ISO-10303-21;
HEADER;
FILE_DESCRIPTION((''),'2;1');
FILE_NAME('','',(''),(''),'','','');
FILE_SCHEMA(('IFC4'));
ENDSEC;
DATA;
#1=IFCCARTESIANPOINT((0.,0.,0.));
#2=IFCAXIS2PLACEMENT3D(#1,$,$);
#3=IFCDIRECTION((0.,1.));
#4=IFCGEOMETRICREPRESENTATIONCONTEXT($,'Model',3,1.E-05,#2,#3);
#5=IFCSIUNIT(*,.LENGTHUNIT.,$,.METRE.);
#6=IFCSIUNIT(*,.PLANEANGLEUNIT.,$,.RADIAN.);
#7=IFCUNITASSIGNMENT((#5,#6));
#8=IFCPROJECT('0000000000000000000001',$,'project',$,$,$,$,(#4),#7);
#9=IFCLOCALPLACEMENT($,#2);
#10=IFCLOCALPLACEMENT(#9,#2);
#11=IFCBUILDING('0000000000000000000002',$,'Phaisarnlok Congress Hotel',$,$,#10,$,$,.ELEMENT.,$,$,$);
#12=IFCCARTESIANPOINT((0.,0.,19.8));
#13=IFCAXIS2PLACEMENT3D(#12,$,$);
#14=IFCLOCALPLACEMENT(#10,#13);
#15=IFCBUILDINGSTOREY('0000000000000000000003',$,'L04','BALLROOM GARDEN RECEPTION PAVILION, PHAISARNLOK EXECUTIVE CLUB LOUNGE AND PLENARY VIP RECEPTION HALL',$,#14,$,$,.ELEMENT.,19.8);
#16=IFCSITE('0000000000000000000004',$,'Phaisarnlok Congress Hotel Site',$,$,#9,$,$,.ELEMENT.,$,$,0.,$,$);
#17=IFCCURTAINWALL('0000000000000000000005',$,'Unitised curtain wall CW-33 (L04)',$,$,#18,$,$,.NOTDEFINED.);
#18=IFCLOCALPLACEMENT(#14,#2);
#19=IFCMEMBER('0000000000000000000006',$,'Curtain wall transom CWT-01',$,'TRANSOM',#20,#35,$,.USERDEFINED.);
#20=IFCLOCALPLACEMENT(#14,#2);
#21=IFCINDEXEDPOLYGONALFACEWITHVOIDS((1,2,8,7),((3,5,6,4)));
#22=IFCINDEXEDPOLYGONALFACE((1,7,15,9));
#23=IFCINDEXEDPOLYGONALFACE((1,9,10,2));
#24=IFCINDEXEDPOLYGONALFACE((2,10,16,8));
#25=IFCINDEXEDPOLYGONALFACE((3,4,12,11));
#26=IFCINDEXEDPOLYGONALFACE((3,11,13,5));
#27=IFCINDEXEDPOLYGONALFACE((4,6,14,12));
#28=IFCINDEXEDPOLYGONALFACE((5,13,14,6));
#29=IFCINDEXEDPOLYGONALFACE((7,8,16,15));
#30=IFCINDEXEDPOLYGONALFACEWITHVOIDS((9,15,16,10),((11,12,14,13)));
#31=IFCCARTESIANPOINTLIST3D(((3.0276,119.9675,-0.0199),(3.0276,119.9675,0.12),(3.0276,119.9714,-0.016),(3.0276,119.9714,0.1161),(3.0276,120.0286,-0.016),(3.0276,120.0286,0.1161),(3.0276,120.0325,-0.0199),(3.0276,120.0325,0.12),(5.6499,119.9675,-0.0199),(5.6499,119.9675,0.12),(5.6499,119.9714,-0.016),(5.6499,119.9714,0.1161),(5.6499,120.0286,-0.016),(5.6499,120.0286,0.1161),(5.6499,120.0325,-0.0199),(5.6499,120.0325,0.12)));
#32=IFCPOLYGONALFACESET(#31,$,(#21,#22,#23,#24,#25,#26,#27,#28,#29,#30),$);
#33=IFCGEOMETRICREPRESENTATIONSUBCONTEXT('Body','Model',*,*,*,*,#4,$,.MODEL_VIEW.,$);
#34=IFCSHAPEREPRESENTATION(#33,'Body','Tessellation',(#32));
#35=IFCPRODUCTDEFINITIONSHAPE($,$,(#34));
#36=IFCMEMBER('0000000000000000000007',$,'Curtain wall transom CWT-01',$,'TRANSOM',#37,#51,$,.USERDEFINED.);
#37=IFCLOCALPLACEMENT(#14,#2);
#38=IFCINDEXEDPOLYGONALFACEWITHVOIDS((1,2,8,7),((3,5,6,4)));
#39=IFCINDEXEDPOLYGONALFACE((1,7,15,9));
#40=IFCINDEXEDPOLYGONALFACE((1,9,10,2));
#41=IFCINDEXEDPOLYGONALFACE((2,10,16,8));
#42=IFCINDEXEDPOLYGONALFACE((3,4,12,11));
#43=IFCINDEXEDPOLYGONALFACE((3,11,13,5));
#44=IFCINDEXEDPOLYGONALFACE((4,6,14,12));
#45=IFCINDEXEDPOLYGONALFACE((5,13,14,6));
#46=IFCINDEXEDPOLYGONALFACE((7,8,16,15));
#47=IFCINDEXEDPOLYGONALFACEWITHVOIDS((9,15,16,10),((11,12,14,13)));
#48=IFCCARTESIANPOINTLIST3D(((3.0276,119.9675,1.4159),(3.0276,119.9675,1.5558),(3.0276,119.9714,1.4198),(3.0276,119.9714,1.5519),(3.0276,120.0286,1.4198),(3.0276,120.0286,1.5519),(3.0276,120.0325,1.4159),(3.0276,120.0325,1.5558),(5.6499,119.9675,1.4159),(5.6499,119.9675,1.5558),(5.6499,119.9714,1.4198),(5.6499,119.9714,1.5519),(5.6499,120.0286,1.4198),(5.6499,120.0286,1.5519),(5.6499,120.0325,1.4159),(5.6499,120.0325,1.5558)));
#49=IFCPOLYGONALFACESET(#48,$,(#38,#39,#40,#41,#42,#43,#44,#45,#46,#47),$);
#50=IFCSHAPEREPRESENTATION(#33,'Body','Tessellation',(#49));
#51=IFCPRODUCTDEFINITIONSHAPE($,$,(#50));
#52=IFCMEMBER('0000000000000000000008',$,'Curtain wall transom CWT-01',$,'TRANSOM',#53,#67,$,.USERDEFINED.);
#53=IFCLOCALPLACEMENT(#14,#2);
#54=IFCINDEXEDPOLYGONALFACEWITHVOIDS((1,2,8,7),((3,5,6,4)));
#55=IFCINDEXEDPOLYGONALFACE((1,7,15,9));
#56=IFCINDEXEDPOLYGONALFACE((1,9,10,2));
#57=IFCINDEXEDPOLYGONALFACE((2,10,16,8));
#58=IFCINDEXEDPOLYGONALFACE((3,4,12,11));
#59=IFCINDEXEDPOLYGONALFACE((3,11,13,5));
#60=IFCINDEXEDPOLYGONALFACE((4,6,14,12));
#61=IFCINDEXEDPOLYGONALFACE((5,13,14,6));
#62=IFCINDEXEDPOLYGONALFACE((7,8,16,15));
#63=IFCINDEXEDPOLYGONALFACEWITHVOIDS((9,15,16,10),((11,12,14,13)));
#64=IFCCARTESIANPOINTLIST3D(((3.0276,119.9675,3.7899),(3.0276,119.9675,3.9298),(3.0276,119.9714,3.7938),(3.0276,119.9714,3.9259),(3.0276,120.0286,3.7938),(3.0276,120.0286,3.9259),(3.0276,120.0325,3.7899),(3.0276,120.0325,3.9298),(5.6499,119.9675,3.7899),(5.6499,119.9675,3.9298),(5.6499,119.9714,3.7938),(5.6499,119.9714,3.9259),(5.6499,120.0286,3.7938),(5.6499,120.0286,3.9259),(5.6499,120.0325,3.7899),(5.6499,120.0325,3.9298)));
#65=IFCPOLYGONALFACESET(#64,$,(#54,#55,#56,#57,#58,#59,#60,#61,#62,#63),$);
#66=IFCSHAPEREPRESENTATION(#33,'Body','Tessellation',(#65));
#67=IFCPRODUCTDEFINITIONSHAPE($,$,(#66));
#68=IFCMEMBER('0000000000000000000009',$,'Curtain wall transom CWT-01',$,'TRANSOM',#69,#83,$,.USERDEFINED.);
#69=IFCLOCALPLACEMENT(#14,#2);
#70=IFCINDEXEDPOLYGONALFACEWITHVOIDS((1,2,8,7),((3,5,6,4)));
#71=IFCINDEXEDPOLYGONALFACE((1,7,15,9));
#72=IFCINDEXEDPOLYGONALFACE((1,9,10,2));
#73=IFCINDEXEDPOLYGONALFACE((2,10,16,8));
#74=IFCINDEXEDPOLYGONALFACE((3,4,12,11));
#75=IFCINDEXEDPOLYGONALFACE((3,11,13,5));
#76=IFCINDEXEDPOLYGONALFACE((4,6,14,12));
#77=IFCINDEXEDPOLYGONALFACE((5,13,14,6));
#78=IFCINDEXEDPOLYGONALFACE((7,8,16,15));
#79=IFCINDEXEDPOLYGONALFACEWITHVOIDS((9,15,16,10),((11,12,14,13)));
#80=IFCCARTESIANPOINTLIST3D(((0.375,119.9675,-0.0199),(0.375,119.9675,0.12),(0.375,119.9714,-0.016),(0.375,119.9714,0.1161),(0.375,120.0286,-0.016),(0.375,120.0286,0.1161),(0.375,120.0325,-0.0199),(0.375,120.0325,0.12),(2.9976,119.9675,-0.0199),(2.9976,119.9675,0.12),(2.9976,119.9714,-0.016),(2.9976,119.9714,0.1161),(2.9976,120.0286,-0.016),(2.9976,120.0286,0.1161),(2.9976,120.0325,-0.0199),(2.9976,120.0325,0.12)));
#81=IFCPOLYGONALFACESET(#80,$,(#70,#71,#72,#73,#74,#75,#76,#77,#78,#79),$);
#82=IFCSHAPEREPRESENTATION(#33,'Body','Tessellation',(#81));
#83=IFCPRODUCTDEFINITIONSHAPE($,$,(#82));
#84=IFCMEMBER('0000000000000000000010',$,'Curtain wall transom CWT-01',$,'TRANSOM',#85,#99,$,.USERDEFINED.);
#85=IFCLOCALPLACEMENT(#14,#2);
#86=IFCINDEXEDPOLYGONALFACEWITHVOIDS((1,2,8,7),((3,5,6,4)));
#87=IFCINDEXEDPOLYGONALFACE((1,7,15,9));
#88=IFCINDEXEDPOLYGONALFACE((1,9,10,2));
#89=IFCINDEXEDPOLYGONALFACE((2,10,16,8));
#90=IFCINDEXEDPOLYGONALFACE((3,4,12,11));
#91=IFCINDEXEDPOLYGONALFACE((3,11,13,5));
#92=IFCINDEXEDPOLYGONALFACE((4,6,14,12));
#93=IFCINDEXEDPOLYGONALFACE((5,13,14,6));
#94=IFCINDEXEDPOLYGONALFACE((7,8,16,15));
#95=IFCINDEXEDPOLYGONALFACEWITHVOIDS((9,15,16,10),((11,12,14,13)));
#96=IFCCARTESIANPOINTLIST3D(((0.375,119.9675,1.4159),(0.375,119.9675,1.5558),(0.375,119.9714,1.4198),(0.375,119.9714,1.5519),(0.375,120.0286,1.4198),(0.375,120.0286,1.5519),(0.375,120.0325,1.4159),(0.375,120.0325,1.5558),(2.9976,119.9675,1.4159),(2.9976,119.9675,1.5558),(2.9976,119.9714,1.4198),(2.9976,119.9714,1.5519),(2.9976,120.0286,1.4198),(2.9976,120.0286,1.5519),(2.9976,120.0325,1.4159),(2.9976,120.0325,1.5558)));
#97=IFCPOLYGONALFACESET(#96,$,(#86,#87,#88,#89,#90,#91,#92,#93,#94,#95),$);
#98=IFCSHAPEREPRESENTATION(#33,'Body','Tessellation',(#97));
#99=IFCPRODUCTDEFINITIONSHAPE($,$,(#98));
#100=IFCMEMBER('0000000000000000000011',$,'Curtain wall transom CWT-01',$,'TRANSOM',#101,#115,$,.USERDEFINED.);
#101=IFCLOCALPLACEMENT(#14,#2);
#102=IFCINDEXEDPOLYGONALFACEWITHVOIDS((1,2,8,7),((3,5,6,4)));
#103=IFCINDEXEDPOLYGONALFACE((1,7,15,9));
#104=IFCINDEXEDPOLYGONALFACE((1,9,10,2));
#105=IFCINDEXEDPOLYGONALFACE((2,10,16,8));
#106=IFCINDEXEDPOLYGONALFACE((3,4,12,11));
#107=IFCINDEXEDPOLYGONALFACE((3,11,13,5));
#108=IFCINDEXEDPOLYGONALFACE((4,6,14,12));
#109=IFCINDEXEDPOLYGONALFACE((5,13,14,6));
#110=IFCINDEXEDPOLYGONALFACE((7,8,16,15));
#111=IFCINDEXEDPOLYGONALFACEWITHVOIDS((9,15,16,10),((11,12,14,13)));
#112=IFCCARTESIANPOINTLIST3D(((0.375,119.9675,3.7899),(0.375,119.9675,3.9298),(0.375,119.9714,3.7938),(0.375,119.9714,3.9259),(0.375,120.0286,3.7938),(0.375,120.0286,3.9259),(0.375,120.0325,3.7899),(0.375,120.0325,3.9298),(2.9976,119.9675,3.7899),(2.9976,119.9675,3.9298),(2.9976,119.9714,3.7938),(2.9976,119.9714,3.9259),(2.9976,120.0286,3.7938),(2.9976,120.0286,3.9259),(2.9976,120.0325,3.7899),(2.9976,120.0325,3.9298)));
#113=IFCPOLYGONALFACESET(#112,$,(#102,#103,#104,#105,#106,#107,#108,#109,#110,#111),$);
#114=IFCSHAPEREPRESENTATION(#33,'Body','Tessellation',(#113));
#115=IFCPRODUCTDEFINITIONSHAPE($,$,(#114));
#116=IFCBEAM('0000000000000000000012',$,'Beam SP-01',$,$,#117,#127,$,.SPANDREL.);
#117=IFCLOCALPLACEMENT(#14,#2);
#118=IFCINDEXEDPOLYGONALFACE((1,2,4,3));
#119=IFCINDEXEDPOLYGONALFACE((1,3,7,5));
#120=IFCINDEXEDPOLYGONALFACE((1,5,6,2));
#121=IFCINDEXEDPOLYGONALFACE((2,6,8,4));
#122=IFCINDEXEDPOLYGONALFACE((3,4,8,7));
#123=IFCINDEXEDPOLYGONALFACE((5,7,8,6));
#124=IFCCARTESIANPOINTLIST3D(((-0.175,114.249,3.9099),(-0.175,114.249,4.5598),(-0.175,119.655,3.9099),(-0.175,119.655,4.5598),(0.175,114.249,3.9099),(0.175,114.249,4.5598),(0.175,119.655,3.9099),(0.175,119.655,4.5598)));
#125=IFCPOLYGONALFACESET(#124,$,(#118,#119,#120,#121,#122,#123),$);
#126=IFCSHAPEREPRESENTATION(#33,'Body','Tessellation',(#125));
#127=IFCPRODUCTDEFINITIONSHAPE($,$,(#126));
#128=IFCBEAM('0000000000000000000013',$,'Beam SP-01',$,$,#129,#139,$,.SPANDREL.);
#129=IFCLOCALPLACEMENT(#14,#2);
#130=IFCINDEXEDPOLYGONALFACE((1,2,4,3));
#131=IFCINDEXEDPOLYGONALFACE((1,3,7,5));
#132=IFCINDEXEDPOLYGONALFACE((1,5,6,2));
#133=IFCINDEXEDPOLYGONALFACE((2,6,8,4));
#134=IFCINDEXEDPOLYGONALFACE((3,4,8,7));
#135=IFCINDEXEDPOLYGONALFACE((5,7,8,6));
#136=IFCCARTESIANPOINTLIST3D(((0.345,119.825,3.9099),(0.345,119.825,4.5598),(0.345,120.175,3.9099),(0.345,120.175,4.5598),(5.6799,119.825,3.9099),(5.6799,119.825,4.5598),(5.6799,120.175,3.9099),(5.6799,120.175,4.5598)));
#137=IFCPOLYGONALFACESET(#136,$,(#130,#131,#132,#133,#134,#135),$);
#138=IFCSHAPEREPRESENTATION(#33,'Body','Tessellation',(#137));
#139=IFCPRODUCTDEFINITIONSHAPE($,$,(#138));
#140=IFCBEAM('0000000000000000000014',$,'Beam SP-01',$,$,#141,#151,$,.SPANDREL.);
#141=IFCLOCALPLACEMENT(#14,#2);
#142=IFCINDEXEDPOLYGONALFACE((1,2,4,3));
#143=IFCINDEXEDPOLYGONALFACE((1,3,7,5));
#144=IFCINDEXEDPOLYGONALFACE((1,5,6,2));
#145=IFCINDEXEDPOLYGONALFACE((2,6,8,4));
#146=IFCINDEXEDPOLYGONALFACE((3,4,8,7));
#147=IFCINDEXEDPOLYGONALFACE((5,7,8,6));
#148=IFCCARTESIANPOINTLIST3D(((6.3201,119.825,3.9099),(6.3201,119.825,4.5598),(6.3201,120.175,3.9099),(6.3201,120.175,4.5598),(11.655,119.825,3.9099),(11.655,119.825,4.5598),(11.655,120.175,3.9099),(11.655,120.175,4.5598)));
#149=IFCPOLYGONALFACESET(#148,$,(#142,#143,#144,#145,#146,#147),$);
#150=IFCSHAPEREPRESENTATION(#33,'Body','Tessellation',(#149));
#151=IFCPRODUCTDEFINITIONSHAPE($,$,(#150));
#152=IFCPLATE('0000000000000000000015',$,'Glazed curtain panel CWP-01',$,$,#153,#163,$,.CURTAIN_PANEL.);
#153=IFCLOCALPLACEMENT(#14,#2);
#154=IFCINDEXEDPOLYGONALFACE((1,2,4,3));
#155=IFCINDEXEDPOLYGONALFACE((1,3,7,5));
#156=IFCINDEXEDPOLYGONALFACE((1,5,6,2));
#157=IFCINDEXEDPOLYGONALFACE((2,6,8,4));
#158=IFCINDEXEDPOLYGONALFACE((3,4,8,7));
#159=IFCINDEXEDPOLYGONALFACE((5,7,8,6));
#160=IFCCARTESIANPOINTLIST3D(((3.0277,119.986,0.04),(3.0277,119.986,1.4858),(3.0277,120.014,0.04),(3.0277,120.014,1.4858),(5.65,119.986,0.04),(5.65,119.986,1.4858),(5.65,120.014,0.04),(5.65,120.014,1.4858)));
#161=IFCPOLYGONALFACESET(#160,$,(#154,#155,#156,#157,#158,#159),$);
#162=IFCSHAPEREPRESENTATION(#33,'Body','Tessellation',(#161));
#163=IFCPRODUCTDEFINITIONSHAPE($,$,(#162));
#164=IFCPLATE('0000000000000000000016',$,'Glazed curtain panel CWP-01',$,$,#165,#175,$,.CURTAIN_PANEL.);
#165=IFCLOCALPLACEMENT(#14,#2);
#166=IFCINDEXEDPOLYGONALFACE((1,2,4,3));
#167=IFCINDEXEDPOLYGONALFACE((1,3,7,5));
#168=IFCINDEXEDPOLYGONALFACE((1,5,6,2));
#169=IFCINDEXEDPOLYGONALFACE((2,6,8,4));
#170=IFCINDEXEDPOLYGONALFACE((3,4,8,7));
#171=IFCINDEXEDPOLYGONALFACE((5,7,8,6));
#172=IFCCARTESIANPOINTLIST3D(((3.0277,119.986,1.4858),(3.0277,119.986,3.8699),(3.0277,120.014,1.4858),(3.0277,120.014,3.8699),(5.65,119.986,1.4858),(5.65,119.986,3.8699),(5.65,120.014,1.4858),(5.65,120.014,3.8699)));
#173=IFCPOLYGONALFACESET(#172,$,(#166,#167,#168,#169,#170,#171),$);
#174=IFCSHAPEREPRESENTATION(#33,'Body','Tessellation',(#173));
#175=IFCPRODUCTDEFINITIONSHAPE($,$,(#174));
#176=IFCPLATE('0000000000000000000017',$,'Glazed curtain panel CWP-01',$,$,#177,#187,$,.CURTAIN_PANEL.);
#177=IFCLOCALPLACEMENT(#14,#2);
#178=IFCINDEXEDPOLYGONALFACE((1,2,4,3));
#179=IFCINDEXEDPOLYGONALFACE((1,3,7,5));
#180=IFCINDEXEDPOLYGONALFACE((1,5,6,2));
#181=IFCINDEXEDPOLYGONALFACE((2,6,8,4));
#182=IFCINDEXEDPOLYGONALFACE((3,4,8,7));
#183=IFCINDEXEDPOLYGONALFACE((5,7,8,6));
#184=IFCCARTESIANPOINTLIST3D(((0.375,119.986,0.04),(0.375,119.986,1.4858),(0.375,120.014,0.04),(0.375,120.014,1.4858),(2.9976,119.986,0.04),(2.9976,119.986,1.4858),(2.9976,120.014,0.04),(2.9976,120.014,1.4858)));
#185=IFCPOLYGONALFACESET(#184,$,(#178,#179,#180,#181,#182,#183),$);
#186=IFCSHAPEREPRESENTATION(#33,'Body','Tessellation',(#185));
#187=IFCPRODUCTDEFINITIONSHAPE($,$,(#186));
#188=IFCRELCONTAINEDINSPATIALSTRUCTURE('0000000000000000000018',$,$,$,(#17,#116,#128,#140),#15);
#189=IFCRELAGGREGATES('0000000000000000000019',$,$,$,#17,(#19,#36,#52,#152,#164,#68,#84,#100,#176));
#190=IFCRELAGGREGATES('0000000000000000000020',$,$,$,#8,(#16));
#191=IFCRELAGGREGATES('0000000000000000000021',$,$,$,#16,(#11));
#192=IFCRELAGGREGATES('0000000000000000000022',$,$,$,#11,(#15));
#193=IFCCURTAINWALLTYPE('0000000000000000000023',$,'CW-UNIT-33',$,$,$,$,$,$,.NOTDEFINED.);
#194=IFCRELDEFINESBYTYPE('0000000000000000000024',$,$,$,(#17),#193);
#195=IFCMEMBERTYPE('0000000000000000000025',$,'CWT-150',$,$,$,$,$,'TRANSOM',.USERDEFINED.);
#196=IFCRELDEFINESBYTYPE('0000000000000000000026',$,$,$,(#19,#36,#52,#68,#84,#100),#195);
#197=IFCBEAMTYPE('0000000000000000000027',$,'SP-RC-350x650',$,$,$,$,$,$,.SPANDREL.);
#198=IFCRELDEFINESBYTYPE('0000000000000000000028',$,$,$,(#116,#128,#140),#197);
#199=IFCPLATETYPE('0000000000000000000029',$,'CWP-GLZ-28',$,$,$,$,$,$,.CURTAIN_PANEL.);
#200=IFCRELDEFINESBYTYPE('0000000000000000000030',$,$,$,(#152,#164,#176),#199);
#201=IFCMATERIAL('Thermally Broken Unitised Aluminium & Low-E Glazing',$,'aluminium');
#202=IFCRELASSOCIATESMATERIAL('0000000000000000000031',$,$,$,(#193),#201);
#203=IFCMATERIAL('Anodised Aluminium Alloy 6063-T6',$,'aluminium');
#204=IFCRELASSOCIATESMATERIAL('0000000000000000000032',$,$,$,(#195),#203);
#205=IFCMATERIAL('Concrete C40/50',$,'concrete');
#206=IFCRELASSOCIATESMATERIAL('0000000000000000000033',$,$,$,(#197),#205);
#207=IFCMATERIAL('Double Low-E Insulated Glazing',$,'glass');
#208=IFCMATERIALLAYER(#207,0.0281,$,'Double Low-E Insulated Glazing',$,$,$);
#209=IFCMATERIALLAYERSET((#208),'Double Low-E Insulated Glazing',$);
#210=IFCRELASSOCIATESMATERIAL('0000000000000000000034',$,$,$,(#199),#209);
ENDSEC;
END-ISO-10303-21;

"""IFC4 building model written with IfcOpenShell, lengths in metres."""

from ifc_helpers import new_model, si_unit, direction, frame, frame_2d, origin, origin_2d, place, context, subcontext, project, spatial, rectangle, hollow_rectangle, extrude, material, layer, layer_set, material_profile, profile_set, type_object, element, aggregate, save


model = new_model("IFC4")

# Units and contexts
model_context = context("Model", 3, precision=1e-05, world=origin(), true_north=direction((0.0, 1.0)))
body_context = subcontext(model_context, "Body", "Model", "MODEL_VIEW")
ifc_project = project(units=[si_unit("LENGTHUNIT", "METRE"), si_unit("PLANEANGLEUNIT", "RADIAN")], contexts=[model_context])

# Site, building, storey
site_placement = place(None, origin())
site = spatial("IfcSite", under=ifc_project, at=site_placement, Name="Phaisarnlok Congress Hotel Site", CompositionType="ELEMENT", RefElevation=0.0)
building_placement = place(site_placement, origin())
building = spatial("IfcBuilding", under=site, at=building_placement, Name="Phaisarnlok Congress Hotel", CompositionType="ELEMENT")
storey_placement = place(building_placement, frame((0.0, 0.0, 19.8)))
storey = spatial("IfcBuildingStorey", under=building, at=storey_placement, Name="L04", Description="BALLROOM GARDEN RECEPTION PAVILION, PHAISARNLOK EXECUTIVE CLUB LOUNGE AND PLENARY VIP RECEPTION HALL", CompositionType="ELEMENT", Elevation=19.8)

# Curtain wall, members
ifc_material_1 = material(Name="Thermally Broken Unitised Aluminium & Low-E Glazing", Category="aluminium")
curtain_wall_type_1 = type_object("IfcCurtainWallType", Name="CW-UNIT-33", PredefinedType="NOTDEFINED", material=ifc_material_1)
curtain_wall_1_placement = place(storey_placement, origin())
curtain_wall_1 = element("IfcCurtainWall", 1, at=curtain_wall_1_placement, inside=storey, type_object=curtain_wall_type_1, Name="Unitised curtain wall CW-33 (L04)", PredefinedType="NOTDEFINED")
ifc_material_2 = material(Name="Anodised Aluminium Alloy 6063-T6", Category="aluminium")
ifc_material_profile_1 = material_profile(ifc_material_2, hollow_rectangle(XDim=0.0649, YDim=0.1399, WallThickness=0.0039, at=origin_2d()), Name="ALU-T 65x140x4")
ifc_profile_set_1 = profile_set([ifc_material_profile_1], Name="Anodised Aluminium Alloy 6063-T6")
member_type_1 = type_object("IfcMemberType", Name="CWT-150", ElementType="TRANSOM", PredefinedType="USERDEFINED", material=ifc_profile_set_1)
member_1_placement = place(storey_placement, frame((5.6499, 120.0, 0.05), z_axis=(-1.0, 0.0, 0.0), x_axis=(0.0, -1.0, 0.0)))
member_1 = element("IfcMember", 2, at=member_1_placement, type_object=member_type_1, Name="Curtain wall transom CWT-01", ObjectType="TRANSOM", PredefinedType="USERDEFINED", context=body_context, shape_type="SweptSolid", body=[
    extrude(hollow_rectangle(XDim=0.0649, YDim=0.1399, WallThickness=0.0039, at=origin_2d()), origin(), (0.0, 0.0, 1.0), 2.6223),
])
member_2_placement = place(storey_placement, frame((5.6499, 120.0, 1.4858), z_axis=(-1.0, 0.0, 0.0), x_axis=(0.0, -1.0, 0.0)))
member_2 = element("IfcMember", 3, at=member_2_placement, type_object=member_type_1, Name="Curtain wall transom CWT-01", ObjectType="TRANSOM", PredefinedType="USERDEFINED", context=body_context, shape_type="SweptSolid", body=[
    extrude(hollow_rectangle(XDim=0.0649, YDim=0.1399, WallThickness=0.0039, at=origin_2d()), origin(), (0.0, 0.0, 1.0), 2.6223),
])
member_3_placement = place(storey_placement, frame((5.6499, 120.0, 3.8599), z_axis=(-1.0, 0.0, 0.0), x_axis=(0.0, -1.0, 0.0)))
member_3 = element("IfcMember", 4, at=member_3_placement, type_object=member_type_1, Name="Curtain wall transom CWT-01", ObjectType="TRANSOM", PredefinedType="USERDEFINED", context=body_context, shape_type="SweptSolid", body=[
    extrude(hollow_rectangle(XDim=0.0649, YDim=0.1399, WallThickness=0.0039, at=origin_2d()), origin(), (0.0, 0.0, 1.0), 2.6223),
])
member_4_placement = place(storey_placement, frame((2.9976, 120.0, 0.05), z_axis=(-1.0, 0.0, 0.0), x_axis=(0.0, -1.0, 0.0)))
member_4 = element("IfcMember", 5, at=member_4_placement, type_object=member_type_1, Name="Curtain wall transom CWT-01", ObjectType="TRANSOM", PredefinedType="USERDEFINED", context=body_context, shape_type="SweptSolid", body=[
    extrude(hollow_rectangle(XDim=0.0649, YDim=0.1399, WallThickness=0.0039, at=origin_2d()), origin(), (0.0, 0.0, 1.0), 2.6226),
])
member_5_placement = place(storey_placement, frame((2.9976, 120.0, 1.4858), z_axis=(-1.0, 0.0, 0.0), x_axis=(0.0, -1.0, 0.0)))
member_5 = element("IfcMember", 6, at=member_5_placement, type_object=member_type_1, Name="Curtain wall transom CWT-01", ObjectType="TRANSOM", PredefinedType="USERDEFINED", context=body_context, shape_type="SweptSolid", body=[
    extrude(hollow_rectangle(XDim=0.0649, YDim=0.1399, WallThickness=0.0039, at=origin_2d()), origin(), (0.0, 0.0, 1.0), 2.6226),
])
member_6_placement = place(storey_placement, frame((2.9976, 120.0, 3.8599), z_axis=(-1.0, 0.0, 0.0), x_axis=(0.0, -1.0, 0.0)))
member_6 = element("IfcMember", 7, at=member_6_placement, type_object=member_type_1, Name="Curtain wall transom CWT-01", ObjectType="TRANSOM", PredefinedType="USERDEFINED", context=body_context, shape_type="SweptSolid", body=[
    extrude(hollow_rectangle(XDim=0.0649, YDim=0.1399, WallThickness=0.0039, at=origin_2d()), origin(), (0.0, 0.0, 1.0), 2.6226),
])

# Beams
ifc_material_3 = material(Name="Concrete C40/50", Category="concrete")
ifc_material_profile_2 = material_profile(ifc_material_3, rectangle(XDim=0.3501, YDim=0.6499, at=origin_2d()), Name="RC 350x650")
ifc_profile_set_2 = profile_set([ifc_material_profile_2], Name="Concrete C40/50")
beam_type = type_object("IfcBeamType", Name="SP-RC-350x650", PredefinedType="SPANDREL", material=ifc_profile_set_2)
beam_placement = place(storey_placement, frame((0.0, 114.249, 4.2349), z_axis=(0.0, 1.0, 0.0), x_axis=(-1.0, 0.0, 0.0)))
element("IfcBeam", 8, at=beam_placement, inside=storey, type_object=beam_type, Name="Beam SP-01", PredefinedType="SPANDREL", context=body_context, shape_type="SweptSolid", body=[
    extrude(rectangle(XDim=0.3501, YDim=0.6499, at=origin_2d()), origin(), (0.0, 0.0, 1.0), 5.406),
])
for number, where, z_axis, x_axis, name in (
    (9, (0.345, 120.0, 4.2349), (1.0, 0.0, 0.0), (0.0, 1.0, 0.0), "Beam SP-01"),
    (10, (6.3201, 120.0, 4.2349), (1.0, 0.0, 0.0), (0.0, 1.0, 0.0), "Beam SP-01"),
):
    element("IfcBeam", number, at=place(storey_placement, frame(where, z_axis=z_axis, x_axis=x_axis)), inside=storey, type_object=beam_type, Name=name, PredefinedType="SPANDREL", context=body_context, shape_type="SweptSolid", body=[
        extrude(rectangle(XDim=0.3501, YDim=0.6499, at=origin_2d()), origin(), (0.0, 0.0, 1.0), 5.335),
    ])

# Plates
ifc_material_4 = material(Name="Double Low-E Insulated Glazing", Category="glass")
ifc_layer_1 = layer(ifc_material_4, 0.0281, Name="Double Low-E Insulated Glazing")
ifc_layer_set_1 = layer_set([ifc_layer_1], Name="Double Low-E Insulated Glazing")
plate_type_1 = type_object("IfcPlateType", Name="CWP-GLZ-28", PredefinedType="CURTAIN_PANEL", material=ifc_layer_set_1)
plate_1_placement = place(storey_placement, frame((5.6499, 120.0, 0.04), z_axis=(0.0, 0.0, 1.0), x_axis=(-1.0, 0.0, 0.0)))
plate_1 = element("IfcPlate", 11, at=plate_1_placement, type_object=plate_type_1, Name="Glazed curtain panel CWP-01", PredefinedType="CURTAIN_PANEL", context=body_context, shape_type="SweptSolid", body=[
    extrude(rectangle(XDim=2.6223, YDim=0.0281, at=frame_2d((1.311, 0.0))), origin(), (0.0, 0.0, 1.0), 1.4458),
])
plate_2_placement = place(storey_placement, frame((5.6499, 120.0, 1.4858), z_axis=(0.0, 0.0, 1.0), x_axis=(-1.0, 0.0, 0.0)))
plate_2 = element("IfcPlate", 12, at=plate_2_placement, type_object=plate_type_1, Name="Glazed curtain panel CWP-01", PredefinedType="CURTAIN_PANEL", context=body_context, shape_type="SweptSolid", body=[
    extrude(rectangle(XDim=2.6223, YDim=0.0281, at=frame_2d((1.311, 0.0))), origin(), (0.0, 0.0, 1.0), 2.384),
])
plate_3_placement = place(storey_placement, frame((2.9976, 120.0, 0.04), z_axis=(0.0, 0.0, 1.0), x_axis=(-1.0, 0.0, 0.0)))
plate_3 = element("IfcPlate", 13, at=plate_3_placement, type_object=plate_type_1, Name="Glazed curtain panel CWP-01", PredefinedType="CURTAIN_PANEL", context=body_context, shape_type="SweptSolid", body=[
    extrude(rectangle(XDim=2.6226, YDim=0.0281, at=frame_2d((1.3113, 0.0))), origin(), (0.0, 0.0, 1.0), 1.4458),
])
aggregate(curtain_wall_1, [member_1, member_2, member_3, plate_1, plate_2, member_4, member_5, member_6, plate_3])

save(model, "model.ifc")
